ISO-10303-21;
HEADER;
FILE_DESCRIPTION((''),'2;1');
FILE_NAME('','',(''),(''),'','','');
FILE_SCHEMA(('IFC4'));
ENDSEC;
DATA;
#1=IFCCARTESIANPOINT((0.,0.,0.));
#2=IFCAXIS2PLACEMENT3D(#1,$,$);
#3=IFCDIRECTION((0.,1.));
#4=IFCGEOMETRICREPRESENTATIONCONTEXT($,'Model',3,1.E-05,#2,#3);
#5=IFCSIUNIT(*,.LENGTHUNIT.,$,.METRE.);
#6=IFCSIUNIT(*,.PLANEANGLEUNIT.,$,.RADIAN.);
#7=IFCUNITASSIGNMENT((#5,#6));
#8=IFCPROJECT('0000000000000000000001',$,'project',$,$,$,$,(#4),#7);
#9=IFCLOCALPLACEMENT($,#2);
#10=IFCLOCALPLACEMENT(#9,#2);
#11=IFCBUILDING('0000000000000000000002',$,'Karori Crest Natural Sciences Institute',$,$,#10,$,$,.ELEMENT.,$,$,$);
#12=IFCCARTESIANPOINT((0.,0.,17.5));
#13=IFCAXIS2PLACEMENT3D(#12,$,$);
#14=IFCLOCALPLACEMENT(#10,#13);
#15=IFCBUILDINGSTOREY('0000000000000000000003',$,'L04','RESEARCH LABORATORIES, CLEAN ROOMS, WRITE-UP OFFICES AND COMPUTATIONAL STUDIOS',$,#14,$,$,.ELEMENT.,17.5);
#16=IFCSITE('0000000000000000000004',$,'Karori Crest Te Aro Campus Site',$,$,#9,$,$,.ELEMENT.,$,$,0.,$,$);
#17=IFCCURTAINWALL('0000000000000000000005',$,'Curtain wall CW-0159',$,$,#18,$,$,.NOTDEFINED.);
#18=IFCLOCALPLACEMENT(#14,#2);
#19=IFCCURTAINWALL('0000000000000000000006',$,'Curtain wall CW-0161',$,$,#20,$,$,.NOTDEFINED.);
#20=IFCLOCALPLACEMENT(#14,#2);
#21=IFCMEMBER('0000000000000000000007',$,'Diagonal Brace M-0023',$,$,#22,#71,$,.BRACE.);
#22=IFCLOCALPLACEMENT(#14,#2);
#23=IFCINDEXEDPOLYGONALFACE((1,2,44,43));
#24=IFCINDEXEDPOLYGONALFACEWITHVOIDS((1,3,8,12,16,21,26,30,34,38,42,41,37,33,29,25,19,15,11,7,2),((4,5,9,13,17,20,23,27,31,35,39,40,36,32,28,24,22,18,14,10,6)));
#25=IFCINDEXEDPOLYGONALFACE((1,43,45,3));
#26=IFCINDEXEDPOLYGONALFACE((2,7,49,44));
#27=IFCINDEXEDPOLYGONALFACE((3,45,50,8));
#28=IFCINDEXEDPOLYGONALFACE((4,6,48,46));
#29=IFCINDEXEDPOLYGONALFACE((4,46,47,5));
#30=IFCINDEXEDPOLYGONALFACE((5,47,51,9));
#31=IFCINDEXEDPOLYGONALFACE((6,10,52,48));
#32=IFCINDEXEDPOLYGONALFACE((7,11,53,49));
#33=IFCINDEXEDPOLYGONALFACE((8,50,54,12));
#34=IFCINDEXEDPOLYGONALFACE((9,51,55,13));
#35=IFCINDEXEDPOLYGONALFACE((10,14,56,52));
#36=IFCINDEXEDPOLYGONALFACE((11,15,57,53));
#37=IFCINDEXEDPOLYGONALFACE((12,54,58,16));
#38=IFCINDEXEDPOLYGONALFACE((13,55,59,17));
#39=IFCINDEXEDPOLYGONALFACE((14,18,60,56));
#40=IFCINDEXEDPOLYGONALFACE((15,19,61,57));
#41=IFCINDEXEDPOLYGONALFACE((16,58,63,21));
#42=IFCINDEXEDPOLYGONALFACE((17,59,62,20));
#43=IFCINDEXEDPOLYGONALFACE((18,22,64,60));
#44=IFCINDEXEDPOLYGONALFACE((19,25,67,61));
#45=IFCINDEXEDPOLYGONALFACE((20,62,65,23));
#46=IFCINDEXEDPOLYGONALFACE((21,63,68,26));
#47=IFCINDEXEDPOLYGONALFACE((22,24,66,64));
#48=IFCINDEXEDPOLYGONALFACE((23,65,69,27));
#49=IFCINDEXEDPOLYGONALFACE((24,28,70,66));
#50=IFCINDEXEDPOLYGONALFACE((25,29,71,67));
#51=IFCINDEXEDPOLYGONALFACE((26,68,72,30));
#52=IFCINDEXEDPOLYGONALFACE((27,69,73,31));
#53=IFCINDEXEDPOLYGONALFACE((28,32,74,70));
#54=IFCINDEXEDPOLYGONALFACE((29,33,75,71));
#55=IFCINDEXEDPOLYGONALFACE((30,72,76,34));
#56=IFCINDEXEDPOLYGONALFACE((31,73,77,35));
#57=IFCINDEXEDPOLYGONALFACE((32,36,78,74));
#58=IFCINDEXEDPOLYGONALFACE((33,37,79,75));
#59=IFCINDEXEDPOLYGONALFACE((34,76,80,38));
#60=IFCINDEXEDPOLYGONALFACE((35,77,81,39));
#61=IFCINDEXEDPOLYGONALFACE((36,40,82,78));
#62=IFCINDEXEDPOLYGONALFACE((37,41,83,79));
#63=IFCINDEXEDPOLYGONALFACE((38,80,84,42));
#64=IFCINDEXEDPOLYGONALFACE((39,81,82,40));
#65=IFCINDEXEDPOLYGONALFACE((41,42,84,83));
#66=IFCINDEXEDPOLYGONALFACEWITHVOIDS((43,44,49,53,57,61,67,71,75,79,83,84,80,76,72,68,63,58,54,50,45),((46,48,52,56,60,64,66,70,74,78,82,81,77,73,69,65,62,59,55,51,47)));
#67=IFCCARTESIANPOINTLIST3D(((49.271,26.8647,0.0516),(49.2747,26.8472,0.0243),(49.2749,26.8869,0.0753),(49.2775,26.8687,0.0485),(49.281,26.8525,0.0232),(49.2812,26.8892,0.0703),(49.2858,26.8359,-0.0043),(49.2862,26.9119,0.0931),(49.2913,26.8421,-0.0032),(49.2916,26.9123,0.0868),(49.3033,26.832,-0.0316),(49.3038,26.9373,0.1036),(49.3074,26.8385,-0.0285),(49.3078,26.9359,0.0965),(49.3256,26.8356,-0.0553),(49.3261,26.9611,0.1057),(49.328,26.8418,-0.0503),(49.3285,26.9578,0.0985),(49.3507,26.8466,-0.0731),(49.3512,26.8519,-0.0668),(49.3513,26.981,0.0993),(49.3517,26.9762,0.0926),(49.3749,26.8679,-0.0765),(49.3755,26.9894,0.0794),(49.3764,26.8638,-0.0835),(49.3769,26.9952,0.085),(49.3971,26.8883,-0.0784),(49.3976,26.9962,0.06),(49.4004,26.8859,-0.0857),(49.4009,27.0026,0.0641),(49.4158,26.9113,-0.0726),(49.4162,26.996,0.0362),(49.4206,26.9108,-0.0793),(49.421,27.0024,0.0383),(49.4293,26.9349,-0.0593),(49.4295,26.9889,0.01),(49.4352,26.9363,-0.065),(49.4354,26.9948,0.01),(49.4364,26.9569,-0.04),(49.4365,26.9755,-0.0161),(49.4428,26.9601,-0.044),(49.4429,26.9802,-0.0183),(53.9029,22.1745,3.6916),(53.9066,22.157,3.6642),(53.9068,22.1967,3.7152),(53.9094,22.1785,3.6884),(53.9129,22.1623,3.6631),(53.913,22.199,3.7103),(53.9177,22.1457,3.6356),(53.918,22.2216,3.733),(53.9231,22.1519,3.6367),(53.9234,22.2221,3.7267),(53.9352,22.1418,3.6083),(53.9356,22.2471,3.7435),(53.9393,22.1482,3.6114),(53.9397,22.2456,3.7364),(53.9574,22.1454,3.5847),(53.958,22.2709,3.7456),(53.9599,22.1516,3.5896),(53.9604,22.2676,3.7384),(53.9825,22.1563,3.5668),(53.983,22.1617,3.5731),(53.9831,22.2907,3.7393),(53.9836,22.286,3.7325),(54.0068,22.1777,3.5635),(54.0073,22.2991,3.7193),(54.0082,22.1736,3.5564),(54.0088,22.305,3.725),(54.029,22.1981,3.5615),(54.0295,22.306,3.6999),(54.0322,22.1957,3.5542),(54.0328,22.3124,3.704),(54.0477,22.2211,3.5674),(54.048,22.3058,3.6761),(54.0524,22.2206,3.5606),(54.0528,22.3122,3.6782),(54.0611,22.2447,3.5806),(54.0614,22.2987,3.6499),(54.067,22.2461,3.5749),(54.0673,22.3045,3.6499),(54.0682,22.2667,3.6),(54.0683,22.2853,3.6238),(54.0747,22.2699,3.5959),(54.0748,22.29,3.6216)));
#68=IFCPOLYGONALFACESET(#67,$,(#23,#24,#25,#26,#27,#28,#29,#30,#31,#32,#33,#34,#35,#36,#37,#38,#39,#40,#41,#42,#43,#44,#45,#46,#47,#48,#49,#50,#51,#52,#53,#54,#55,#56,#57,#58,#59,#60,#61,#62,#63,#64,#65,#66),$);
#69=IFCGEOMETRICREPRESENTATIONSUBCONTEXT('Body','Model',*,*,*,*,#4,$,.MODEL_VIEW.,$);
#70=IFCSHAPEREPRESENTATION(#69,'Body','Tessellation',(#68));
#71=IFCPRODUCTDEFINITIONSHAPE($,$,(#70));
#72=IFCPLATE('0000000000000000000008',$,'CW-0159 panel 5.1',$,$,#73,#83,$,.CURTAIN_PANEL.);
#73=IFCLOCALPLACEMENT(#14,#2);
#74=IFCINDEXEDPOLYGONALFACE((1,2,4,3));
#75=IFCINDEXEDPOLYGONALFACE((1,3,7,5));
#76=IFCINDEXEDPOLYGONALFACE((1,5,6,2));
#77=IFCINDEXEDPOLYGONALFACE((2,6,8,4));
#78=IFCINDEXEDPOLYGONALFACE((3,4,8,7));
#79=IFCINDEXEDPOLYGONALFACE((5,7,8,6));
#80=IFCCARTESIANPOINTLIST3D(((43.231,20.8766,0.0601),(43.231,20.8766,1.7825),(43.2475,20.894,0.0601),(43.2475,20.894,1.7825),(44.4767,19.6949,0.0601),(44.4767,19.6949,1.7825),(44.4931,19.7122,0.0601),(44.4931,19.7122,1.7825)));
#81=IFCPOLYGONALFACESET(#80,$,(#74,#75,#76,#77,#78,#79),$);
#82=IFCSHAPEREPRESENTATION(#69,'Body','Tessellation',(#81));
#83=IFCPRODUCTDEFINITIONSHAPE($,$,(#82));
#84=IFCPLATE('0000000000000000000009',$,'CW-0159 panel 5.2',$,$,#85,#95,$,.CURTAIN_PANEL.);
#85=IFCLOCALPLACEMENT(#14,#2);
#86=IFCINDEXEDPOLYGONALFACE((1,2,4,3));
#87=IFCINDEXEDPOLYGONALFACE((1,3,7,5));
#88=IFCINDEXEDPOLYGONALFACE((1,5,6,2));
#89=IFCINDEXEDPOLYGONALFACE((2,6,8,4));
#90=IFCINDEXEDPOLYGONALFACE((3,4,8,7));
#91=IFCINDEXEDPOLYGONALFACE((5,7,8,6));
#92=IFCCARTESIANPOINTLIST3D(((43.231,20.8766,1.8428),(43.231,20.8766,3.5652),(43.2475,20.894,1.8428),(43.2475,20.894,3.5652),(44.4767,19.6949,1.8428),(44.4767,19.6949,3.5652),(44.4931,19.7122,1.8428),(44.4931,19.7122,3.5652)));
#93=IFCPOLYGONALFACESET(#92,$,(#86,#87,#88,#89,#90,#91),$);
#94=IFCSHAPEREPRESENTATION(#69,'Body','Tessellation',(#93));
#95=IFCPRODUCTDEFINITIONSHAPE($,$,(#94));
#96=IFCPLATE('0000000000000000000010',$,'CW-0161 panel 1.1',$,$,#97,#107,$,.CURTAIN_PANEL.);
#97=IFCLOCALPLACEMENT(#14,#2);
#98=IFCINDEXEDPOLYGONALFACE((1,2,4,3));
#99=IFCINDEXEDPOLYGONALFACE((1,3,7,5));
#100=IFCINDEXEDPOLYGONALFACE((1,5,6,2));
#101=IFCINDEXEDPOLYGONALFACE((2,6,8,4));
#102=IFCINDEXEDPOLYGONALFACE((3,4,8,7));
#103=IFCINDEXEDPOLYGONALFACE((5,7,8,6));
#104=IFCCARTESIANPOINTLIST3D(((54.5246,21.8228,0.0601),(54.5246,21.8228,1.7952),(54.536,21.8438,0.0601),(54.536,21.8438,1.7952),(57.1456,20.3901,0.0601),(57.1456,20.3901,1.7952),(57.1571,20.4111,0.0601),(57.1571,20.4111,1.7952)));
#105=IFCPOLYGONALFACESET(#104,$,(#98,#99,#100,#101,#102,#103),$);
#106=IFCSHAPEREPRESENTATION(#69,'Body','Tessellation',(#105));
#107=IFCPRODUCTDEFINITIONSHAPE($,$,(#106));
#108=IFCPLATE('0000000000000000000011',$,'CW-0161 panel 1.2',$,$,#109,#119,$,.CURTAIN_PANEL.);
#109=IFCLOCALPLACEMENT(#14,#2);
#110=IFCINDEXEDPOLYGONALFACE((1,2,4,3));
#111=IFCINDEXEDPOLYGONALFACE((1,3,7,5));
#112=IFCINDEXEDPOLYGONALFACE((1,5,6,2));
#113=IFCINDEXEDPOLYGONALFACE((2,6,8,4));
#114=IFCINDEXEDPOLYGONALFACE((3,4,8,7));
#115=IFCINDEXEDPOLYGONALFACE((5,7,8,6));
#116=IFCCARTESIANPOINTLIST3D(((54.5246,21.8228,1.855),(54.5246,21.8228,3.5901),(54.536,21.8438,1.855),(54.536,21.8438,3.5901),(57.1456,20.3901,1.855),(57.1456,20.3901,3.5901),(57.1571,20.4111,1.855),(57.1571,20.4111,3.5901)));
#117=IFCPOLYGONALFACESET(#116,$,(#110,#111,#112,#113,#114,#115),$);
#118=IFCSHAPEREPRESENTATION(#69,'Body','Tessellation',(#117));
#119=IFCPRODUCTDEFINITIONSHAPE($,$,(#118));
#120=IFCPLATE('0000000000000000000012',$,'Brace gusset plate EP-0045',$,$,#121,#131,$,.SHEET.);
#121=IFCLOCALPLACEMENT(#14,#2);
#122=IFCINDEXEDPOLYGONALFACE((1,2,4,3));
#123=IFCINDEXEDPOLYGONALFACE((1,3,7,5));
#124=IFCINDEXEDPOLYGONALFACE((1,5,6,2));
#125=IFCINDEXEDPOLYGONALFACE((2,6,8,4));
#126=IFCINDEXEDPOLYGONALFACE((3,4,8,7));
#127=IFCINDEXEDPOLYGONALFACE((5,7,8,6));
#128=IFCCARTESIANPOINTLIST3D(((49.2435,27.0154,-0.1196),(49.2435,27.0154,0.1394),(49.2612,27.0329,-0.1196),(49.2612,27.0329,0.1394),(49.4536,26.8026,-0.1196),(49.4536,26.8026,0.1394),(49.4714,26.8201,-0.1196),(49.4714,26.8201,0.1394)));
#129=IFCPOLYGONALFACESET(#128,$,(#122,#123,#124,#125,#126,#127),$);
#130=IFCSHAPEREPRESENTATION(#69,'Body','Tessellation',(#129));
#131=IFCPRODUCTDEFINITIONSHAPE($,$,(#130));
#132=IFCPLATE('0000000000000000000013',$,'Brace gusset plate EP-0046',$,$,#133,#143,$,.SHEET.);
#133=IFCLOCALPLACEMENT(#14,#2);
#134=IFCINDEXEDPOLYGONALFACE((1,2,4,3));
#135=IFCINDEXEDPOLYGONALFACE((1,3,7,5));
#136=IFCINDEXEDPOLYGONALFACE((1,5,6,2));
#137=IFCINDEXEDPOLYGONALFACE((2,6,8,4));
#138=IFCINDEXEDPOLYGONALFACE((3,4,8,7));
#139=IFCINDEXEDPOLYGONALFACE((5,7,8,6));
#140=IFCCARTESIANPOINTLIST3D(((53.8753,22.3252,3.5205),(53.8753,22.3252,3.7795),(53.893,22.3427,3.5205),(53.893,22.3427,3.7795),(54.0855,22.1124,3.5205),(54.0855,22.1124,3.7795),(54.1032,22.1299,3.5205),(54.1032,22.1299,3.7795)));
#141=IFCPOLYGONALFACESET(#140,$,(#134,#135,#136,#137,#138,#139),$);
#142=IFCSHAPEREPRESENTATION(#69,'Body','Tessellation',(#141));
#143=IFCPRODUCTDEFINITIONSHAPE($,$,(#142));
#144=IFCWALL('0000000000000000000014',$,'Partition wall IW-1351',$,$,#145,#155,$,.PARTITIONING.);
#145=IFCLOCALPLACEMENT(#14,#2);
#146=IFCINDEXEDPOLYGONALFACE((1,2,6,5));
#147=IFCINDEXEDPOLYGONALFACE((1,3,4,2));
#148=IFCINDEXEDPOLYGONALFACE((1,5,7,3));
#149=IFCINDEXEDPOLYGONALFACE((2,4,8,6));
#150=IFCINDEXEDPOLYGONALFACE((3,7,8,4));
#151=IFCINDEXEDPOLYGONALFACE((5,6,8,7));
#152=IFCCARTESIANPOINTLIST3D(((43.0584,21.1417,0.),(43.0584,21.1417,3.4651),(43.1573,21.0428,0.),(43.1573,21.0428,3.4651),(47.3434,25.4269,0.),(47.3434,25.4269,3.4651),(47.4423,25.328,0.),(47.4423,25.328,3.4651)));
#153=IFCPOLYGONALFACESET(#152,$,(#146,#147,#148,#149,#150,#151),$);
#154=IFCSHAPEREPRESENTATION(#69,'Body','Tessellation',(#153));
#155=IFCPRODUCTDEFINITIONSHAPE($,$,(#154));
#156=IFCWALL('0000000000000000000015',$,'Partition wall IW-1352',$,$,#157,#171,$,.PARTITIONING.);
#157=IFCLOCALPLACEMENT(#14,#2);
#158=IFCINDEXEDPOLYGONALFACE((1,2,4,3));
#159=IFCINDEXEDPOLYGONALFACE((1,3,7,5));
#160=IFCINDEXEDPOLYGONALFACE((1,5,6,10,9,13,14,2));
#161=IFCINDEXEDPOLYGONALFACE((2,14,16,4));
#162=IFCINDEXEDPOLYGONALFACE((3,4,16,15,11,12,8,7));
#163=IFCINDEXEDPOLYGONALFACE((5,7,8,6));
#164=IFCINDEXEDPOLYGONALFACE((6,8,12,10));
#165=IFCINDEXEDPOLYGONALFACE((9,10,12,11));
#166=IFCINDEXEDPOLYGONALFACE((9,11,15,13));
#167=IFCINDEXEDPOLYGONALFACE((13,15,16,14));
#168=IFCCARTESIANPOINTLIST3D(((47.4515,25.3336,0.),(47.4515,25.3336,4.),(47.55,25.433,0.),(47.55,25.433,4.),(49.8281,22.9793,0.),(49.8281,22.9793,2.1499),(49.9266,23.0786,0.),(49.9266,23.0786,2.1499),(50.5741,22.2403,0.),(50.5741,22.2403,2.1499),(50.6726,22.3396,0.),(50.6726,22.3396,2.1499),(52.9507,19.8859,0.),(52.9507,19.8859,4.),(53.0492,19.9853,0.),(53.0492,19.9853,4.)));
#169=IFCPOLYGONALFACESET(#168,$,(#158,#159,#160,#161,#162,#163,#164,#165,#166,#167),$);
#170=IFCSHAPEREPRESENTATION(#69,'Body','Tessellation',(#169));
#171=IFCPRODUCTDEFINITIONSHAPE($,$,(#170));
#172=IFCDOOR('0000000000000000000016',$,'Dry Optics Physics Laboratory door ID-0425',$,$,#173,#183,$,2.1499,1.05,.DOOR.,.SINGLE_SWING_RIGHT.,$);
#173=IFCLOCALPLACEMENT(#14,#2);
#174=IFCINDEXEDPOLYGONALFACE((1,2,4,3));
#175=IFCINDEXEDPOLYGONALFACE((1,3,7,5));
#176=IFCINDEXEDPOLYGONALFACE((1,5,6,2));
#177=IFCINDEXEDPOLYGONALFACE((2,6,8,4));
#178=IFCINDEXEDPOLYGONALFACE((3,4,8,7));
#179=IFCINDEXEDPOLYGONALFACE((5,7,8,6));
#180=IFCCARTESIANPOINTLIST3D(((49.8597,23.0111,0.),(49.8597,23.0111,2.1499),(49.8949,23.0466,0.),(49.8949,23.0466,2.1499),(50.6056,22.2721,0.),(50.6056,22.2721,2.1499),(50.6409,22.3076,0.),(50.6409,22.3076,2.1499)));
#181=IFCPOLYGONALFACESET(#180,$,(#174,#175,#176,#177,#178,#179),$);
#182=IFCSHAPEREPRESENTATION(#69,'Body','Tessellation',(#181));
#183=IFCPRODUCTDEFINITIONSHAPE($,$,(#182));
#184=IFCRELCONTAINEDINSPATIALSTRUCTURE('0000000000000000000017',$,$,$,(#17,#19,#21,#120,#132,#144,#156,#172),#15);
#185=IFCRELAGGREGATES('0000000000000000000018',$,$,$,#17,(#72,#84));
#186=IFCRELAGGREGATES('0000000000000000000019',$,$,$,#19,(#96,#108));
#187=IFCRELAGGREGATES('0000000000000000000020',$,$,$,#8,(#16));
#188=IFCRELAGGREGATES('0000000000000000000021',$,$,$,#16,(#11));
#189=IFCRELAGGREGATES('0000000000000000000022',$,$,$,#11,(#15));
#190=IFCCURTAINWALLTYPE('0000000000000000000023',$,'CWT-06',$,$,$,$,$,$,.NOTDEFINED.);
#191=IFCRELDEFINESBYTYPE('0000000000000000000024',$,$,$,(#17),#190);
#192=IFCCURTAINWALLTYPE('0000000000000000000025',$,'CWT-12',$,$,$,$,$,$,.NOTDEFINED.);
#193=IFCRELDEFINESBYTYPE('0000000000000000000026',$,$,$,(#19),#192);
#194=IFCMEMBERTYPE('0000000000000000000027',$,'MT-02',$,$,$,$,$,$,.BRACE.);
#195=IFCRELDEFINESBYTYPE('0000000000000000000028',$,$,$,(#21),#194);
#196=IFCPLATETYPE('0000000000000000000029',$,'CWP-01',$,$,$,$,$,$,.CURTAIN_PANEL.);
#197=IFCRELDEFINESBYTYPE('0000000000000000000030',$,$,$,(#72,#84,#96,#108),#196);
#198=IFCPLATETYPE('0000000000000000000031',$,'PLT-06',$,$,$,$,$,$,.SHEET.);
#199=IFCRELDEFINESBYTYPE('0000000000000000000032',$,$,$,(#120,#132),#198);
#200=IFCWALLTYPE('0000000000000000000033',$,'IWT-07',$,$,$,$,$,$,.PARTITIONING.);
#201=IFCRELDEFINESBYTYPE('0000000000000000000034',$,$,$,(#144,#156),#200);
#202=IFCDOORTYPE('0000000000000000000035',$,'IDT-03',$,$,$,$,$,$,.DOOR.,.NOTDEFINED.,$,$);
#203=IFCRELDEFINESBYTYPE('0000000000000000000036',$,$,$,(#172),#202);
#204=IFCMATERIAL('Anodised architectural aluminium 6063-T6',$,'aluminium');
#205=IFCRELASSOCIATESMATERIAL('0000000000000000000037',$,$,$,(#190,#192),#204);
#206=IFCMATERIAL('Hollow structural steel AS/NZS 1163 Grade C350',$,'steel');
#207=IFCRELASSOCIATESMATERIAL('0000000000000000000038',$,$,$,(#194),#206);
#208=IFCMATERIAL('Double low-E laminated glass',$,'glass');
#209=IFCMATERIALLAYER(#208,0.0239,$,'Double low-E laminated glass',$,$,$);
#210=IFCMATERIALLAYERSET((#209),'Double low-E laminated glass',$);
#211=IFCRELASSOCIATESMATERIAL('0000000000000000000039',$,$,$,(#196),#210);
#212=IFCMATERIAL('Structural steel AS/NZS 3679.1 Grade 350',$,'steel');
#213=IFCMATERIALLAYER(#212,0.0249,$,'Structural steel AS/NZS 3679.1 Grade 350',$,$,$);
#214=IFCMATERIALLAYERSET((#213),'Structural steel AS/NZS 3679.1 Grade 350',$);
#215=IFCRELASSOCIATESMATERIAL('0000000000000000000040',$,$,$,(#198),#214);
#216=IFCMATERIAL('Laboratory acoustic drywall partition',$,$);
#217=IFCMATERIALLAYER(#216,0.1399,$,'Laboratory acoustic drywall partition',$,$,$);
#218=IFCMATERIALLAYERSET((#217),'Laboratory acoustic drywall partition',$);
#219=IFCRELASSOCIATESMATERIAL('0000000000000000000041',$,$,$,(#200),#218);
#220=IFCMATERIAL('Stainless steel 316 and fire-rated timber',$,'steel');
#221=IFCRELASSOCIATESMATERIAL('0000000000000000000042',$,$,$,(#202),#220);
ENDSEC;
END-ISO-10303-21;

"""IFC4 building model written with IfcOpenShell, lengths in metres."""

from ifc_helpers import new_model, si_unit, direction, frame, frame_2d, origin, origin_2d, place, context, subcontext, project, spatial, rectangle, hollow_circle, extrude, material, layer, layer_set, material_profile, profile_set, type_object, element, fill, aggregate, save


model = new_model("IFC4")

# Units and contexts
model_context = context("Model", 3, precision=1e-05, world=origin(), true_north=direction((0.0, 1.0)))
body_context = subcontext(model_context, "Body", "Model", "MODEL_VIEW")
ifc_project = project(units=[si_unit("LENGTHUNIT", "METRE"), si_unit("PLANEANGLEUNIT", "RADIAN")], contexts=[model_context])

# Site, building, storey
site_placement = place(None, origin())
site = spatial("IfcSite", under=ifc_project, at=site_placement, Name="Karori Crest Te Aro Campus Site", CompositionType="ELEMENT", RefElevation=0.0)
building_placement = place(site_placement, origin())
building = spatial("IfcBuilding", under=site, at=building_placement, Name="Karori Crest Natural Sciences Institute", CompositionType="ELEMENT")
storey_placement = place(building_placement, frame((0.0, 0.0, 17.5)))
storey = spatial("IfcBuildingStorey", under=building, at=storey_placement, Name="L04", Description="RESEARCH LABORATORIES, CLEAN ROOMS, WRITE-UP OFFICES AND COMPUTATIONAL STUDIOS", CompositionType="ELEMENT", Elevation=17.5)

# Shared definitions
ifc_material_1 = material(Name="Structural steel AS/NZS 3679.1 Grade 350", Category="steel")

# Shared definitions
ifc_material_2 = material(Name="Hollow structural steel AS/NZS 1163 Grade C350", Category="steel")

# Curtain wall
ifc_material_3 = material(Name="Anodised architectural aluminium 6063-T6", Category="aluminium")
curtain_wall_type_1 = type_object("IfcCurtainWallType", Name="CWT-06", PredefinedType="NOTDEFINED", material=ifc_material_3)
curtain_wall_1_placement = place(storey_placement, origin())
curtain_wall_1 = element("IfcCurtainWall", 1, at=curtain_wall_1_placement, inside=storey, type_object=curtain_wall_type_1, Name="Curtain wall CW-0159", PredefinedType="NOTDEFINED")

# Curtain wall
curtain_wall_type_2 = type_object("IfcCurtainWallType", Name="CWT-12", PredefinedType="NOTDEFINED", material=ifc_material_3)
curtain_wall_2_placement = place(storey_placement, origin())
curtain_wall_2 = element("IfcCurtainWall", 2, at=curtain_wall_2_placement, inside=storey, type_object=curtain_wall_type_2, Name="Curtain wall CW-0161", PredefinedType="NOTDEFINED")

# Member
ifc_material_profile_1 = material_profile(ifc_material_2, hollow_circle(Radius=0.1096, WallThickness=0.0083, at=origin_2d()), Name="CHS219.1x8.2")
ifc_profile_set_1 = profile_set([ifc_material_profile_1], Name="Hollow structural steel AS/NZS 1163 Grade C350")
member_type_1 = type_object("IfcMemberType", Name="MT-02", PredefinedType="BRACE", material=ifc_profile_set_1)
member_1_placement = place(storey_placement, frame((49.3574, 26.9177, 0.01), z_axis=(0.615119, -0.622868, 0.483387), x_axis=(0.711519, 0.702667, 0.0)))
element("IfcMember", 3, at=member_1_placement, inside=storey, type_object=member_type_1, Name="Diagonal Brace M-0023", PredefinedType="BRACE", context=body_context, shape_type="SweptSolid", body=[
    extrude(hollow_circle(Radius=0.1096, WallThickness=0.0083, at=origin_2d()), origin(), (0.0, 0.0, 1.0), 7.53),
])

# Plates
ifc_material_4 = material(Name="Double low-E laminated glass", Category="glass")
ifc_layer_1 = layer(ifc_material_4, 0.0239, Name="Double low-E laminated glass")
ifc_layer_set_1 = layer_set([ifc_layer_1], Name="Double low-E laminated glass")
plate_type_1 = type_object("IfcPlateType", Name="CWP-01", PredefinedType="CURTAIN_PANEL", material=ifc_layer_set_1)
plate_1_placement = place(storey_placement, frame((43.8621, 20.2944, 0.0601), z_axis=(0.0, 0.0, 1.0), x_axis=(-0.725471, 0.688252, 0.0)))
plate_1 = element("IfcPlate", 4, at=plate_1_placement, type_object=plate_type_1, Name="CW-0159 panel 5.1", PredefinedType="CURTAIN_PANEL", context=body_context, shape_type="SweptSolid", body=[
    extrude(rectangle(XDim=1.717, YDim=0.0239, at=origin_2d()), origin(), (0.0, 0.0, 1.0), 1.7224),
])
plate_2_placement = place(storey_placement, frame((43.8621, 20.2944, 1.8428), z_axis=(0.0, 0.0, 1.0), x_axis=(-0.725471, 0.688252, 0.0)))
plate_2 = element("IfcPlate", 5, at=plate_2_placement, type_object=plate_type_1, Name="CW-0159 panel 5.2", PredefinedType="CURTAIN_PANEL", context=body_context, shape_type="SweptSolid", body=[
    extrude(rectangle(XDim=1.717, YDim=0.0239, at=origin_2d()), origin(), (0.0, 0.0, 1.0), 1.7224),
])
aggregate(curtain_wall_1, [plate_1, plate_2])
plate_3_placement = place(storey_placement, frame((55.8408, 21.1169, 0.0601), z_axis=(0.0, 0.0, 1.0), x_axis=(0.87747, -0.479631, 0.0)))
plate_3 = element("IfcPlate", 6, at=plate_3_placement, type_object=plate_type_1, Name="CW-0161 panel 1.1", PredefinedType="CURTAIN_PANEL", context=body_context, shape_type="SweptSolid", body=[
    extrude(rectangle(XDim=2.9871, YDim=0.0239, at=origin_2d()), origin(), (0.0, 0.0, 1.0), 1.7351),
])
plate_4_placement = place(storey_placement, frame((55.8408, 21.1169, 1.855), z_axis=(0.0, 0.0, 1.0), x_axis=(0.87747, -0.479631, 0.0)))
plate_4 = element("IfcPlate", 7, at=plate_4_placement, type_object=plate_type_1, Name="CW-0161 panel 1.2", PredefinedType="CURTAIN_PANEL", context=body_context, shape_type="SweptSolid", body=[
    extrude(rectangle(XDim=2.9871, YDim=0.0239, at=origin_2d()), origin(), (0.0, 0.0, 1.0), 1.7351),
])
aggregate(curtain_wall_2, [plate_3, plate_4])

# Plates
ifc_layer_2 = layer(ifc_material_1, 0.0249, Name="Structural steel AS/NZS 3679.1 Grade 350")
ifc_layer_set_2 = layer_set([ifc_layer_2], Name="Structural steel AS/NZS 3679.1 Grade 350")
plate_type_2 = type_object("IfcPlateType", Name="PLT-06", PredefinedType="SHEET", material=ifc_layer_set_2)
for number, where, z_axis, x_axis, name in (
    (8, (49.3574, 26.9177, -0.1196), (0.0, 0.0, 1.0), (-0.702664, 0.711522, 0.0), "Brace gusset plate EP-0045"),
    (9, (53.9893, 22.2275, 3.5205), (0.0, 0.0, 1.0), (-0.702664, 0.711522, 0.0), "Brace gusset plate EP-0046"),
):
    element("IfcPlate", number, at=place(storey_placement, frame(where, z_axis=z_axis, x_axis=x_axis)), inside=storey, type_object=plate_type_2, Name=name, PredefinedType="SHEET", context=body_context, shape_type="SweptSolid", body=[
        extrude(rectangle(XDim=0.2991, YDim=0.0249, at=origin_2d()), origin(), (0.0, 0.0, 1.0), 0.259),
    ])

# Wall
ifc_material_5 = material(Name="Laboratory acoustic drywall partition")
ifc_layer_3 = layer(ifc_material_5, 0.1399, Name="Laboratory acoustic drywall partition")
ifc_layer_set_3 = layer_set([ifc_layer_3], Name="Laboratory acoustic drywall partition")
wall_type_1 = type_object("IfcWallType", Name="IWT-07", PredefinedType="PARTITIONING", material=ifc_layer_set_3)
wall_1_placement = place(storey_placement, frame((47.3928, 25.3774, 0.0), z_axis=(0.0, 0.0, 1.0), x_axis=(-0.707087, -0.707127, 0.0)))
element("IfcWall", 10, at=wall_1_placement, inside=storey, type_object=wall_type_1, Name="Partition wall IW-1351", PredefinedType="PARTITIONING", context=body_context, shape_type="SweptSolid", body=[
    extrude(rectangle(XDim=6.0601, YDim=0.1399, at=frame_2d((3.03, 0.0))), origin(), (0.0, 0.0, 1.0), 3.4651),
])

# Wall, opening, door
wall_2_placement = place(storey_placement, frame((47.5007, 25.3833, 0.0), z_axis=(0.0, 0.0, 1.0), x_axis=(0.710426, -0.703772, 0.0)))
wall_2 = element("IfcWall", 11, at=wall_2_placement, inside=storey, type_object=wall_type_1, Name="Partition wall IW-1352", PredefinedType="PARTITIONING", context=body_context, shape_type="SweptSolid", body=[
    extrude(rectangle(XDim=7.7407, YDim=0.1399, at=frame_2d((3.8704, 0.0))), origin(), (0.0, 0.0, 1.0), 4.0),
])
opening_1_placement = place(wall_2_placement, frame((3.3455, 0.0, 0.0)))
opening_1 = element("IfcOpeningElement", 12, at=opening_1_placement, cuts=wall_2, PredefinedType="OPENING", context=body_context, shape_type="SweptSolid", body=[
    extrude(rectangle(XDim=1.05, YDim=2.1499, at=frame_2d((0.5249, 1.075))), frame((0.0, 0.0801, 0.0), z_axis=(0.0, -1.0, 0.0), x_axis=(1.0, 0.0, 0.0)), (0.0, 0.0, 1.0), 0.1599),
])
ifc_material_6 = material(Name="Stainless steel 316 and fire-rated timber", Category="steel")
door_type_1 = type_object("IfcDoorType", Name="IDT-03", OperationType="NOTDEFINED", PredefinedType="DOOR", material=ifc_material_6)
door_1_placement = place(opening_1_placement, origin())
door_1 = element("IfcDoor", 13, at=door_1_placement, inside=storey, type_object=door_type_1, Name="Dry Optics Physics Laboratory door ID-0425", OperationType="SINGLE_SWING_RIGHT", OverallHeight=2.1499, OverallWidth=1.05, PredefinedType="DOOR", context=body_context, shape_type="SweptSolid", body=[
    extrude(rectangle(XDim=1.05, YDim=2.1499, at=frame_2d((0.5249, 1.075))), frame((0.0, 0.0249, 0.0), z_axis=(0.0, -1.0, 0.0), x_axis=(1.0, 0.0, 0.0)), (0.0, 0.0, 1.0), 0.05),
])
fill(opening_1, door_1)

save(model, "model.ifc")
